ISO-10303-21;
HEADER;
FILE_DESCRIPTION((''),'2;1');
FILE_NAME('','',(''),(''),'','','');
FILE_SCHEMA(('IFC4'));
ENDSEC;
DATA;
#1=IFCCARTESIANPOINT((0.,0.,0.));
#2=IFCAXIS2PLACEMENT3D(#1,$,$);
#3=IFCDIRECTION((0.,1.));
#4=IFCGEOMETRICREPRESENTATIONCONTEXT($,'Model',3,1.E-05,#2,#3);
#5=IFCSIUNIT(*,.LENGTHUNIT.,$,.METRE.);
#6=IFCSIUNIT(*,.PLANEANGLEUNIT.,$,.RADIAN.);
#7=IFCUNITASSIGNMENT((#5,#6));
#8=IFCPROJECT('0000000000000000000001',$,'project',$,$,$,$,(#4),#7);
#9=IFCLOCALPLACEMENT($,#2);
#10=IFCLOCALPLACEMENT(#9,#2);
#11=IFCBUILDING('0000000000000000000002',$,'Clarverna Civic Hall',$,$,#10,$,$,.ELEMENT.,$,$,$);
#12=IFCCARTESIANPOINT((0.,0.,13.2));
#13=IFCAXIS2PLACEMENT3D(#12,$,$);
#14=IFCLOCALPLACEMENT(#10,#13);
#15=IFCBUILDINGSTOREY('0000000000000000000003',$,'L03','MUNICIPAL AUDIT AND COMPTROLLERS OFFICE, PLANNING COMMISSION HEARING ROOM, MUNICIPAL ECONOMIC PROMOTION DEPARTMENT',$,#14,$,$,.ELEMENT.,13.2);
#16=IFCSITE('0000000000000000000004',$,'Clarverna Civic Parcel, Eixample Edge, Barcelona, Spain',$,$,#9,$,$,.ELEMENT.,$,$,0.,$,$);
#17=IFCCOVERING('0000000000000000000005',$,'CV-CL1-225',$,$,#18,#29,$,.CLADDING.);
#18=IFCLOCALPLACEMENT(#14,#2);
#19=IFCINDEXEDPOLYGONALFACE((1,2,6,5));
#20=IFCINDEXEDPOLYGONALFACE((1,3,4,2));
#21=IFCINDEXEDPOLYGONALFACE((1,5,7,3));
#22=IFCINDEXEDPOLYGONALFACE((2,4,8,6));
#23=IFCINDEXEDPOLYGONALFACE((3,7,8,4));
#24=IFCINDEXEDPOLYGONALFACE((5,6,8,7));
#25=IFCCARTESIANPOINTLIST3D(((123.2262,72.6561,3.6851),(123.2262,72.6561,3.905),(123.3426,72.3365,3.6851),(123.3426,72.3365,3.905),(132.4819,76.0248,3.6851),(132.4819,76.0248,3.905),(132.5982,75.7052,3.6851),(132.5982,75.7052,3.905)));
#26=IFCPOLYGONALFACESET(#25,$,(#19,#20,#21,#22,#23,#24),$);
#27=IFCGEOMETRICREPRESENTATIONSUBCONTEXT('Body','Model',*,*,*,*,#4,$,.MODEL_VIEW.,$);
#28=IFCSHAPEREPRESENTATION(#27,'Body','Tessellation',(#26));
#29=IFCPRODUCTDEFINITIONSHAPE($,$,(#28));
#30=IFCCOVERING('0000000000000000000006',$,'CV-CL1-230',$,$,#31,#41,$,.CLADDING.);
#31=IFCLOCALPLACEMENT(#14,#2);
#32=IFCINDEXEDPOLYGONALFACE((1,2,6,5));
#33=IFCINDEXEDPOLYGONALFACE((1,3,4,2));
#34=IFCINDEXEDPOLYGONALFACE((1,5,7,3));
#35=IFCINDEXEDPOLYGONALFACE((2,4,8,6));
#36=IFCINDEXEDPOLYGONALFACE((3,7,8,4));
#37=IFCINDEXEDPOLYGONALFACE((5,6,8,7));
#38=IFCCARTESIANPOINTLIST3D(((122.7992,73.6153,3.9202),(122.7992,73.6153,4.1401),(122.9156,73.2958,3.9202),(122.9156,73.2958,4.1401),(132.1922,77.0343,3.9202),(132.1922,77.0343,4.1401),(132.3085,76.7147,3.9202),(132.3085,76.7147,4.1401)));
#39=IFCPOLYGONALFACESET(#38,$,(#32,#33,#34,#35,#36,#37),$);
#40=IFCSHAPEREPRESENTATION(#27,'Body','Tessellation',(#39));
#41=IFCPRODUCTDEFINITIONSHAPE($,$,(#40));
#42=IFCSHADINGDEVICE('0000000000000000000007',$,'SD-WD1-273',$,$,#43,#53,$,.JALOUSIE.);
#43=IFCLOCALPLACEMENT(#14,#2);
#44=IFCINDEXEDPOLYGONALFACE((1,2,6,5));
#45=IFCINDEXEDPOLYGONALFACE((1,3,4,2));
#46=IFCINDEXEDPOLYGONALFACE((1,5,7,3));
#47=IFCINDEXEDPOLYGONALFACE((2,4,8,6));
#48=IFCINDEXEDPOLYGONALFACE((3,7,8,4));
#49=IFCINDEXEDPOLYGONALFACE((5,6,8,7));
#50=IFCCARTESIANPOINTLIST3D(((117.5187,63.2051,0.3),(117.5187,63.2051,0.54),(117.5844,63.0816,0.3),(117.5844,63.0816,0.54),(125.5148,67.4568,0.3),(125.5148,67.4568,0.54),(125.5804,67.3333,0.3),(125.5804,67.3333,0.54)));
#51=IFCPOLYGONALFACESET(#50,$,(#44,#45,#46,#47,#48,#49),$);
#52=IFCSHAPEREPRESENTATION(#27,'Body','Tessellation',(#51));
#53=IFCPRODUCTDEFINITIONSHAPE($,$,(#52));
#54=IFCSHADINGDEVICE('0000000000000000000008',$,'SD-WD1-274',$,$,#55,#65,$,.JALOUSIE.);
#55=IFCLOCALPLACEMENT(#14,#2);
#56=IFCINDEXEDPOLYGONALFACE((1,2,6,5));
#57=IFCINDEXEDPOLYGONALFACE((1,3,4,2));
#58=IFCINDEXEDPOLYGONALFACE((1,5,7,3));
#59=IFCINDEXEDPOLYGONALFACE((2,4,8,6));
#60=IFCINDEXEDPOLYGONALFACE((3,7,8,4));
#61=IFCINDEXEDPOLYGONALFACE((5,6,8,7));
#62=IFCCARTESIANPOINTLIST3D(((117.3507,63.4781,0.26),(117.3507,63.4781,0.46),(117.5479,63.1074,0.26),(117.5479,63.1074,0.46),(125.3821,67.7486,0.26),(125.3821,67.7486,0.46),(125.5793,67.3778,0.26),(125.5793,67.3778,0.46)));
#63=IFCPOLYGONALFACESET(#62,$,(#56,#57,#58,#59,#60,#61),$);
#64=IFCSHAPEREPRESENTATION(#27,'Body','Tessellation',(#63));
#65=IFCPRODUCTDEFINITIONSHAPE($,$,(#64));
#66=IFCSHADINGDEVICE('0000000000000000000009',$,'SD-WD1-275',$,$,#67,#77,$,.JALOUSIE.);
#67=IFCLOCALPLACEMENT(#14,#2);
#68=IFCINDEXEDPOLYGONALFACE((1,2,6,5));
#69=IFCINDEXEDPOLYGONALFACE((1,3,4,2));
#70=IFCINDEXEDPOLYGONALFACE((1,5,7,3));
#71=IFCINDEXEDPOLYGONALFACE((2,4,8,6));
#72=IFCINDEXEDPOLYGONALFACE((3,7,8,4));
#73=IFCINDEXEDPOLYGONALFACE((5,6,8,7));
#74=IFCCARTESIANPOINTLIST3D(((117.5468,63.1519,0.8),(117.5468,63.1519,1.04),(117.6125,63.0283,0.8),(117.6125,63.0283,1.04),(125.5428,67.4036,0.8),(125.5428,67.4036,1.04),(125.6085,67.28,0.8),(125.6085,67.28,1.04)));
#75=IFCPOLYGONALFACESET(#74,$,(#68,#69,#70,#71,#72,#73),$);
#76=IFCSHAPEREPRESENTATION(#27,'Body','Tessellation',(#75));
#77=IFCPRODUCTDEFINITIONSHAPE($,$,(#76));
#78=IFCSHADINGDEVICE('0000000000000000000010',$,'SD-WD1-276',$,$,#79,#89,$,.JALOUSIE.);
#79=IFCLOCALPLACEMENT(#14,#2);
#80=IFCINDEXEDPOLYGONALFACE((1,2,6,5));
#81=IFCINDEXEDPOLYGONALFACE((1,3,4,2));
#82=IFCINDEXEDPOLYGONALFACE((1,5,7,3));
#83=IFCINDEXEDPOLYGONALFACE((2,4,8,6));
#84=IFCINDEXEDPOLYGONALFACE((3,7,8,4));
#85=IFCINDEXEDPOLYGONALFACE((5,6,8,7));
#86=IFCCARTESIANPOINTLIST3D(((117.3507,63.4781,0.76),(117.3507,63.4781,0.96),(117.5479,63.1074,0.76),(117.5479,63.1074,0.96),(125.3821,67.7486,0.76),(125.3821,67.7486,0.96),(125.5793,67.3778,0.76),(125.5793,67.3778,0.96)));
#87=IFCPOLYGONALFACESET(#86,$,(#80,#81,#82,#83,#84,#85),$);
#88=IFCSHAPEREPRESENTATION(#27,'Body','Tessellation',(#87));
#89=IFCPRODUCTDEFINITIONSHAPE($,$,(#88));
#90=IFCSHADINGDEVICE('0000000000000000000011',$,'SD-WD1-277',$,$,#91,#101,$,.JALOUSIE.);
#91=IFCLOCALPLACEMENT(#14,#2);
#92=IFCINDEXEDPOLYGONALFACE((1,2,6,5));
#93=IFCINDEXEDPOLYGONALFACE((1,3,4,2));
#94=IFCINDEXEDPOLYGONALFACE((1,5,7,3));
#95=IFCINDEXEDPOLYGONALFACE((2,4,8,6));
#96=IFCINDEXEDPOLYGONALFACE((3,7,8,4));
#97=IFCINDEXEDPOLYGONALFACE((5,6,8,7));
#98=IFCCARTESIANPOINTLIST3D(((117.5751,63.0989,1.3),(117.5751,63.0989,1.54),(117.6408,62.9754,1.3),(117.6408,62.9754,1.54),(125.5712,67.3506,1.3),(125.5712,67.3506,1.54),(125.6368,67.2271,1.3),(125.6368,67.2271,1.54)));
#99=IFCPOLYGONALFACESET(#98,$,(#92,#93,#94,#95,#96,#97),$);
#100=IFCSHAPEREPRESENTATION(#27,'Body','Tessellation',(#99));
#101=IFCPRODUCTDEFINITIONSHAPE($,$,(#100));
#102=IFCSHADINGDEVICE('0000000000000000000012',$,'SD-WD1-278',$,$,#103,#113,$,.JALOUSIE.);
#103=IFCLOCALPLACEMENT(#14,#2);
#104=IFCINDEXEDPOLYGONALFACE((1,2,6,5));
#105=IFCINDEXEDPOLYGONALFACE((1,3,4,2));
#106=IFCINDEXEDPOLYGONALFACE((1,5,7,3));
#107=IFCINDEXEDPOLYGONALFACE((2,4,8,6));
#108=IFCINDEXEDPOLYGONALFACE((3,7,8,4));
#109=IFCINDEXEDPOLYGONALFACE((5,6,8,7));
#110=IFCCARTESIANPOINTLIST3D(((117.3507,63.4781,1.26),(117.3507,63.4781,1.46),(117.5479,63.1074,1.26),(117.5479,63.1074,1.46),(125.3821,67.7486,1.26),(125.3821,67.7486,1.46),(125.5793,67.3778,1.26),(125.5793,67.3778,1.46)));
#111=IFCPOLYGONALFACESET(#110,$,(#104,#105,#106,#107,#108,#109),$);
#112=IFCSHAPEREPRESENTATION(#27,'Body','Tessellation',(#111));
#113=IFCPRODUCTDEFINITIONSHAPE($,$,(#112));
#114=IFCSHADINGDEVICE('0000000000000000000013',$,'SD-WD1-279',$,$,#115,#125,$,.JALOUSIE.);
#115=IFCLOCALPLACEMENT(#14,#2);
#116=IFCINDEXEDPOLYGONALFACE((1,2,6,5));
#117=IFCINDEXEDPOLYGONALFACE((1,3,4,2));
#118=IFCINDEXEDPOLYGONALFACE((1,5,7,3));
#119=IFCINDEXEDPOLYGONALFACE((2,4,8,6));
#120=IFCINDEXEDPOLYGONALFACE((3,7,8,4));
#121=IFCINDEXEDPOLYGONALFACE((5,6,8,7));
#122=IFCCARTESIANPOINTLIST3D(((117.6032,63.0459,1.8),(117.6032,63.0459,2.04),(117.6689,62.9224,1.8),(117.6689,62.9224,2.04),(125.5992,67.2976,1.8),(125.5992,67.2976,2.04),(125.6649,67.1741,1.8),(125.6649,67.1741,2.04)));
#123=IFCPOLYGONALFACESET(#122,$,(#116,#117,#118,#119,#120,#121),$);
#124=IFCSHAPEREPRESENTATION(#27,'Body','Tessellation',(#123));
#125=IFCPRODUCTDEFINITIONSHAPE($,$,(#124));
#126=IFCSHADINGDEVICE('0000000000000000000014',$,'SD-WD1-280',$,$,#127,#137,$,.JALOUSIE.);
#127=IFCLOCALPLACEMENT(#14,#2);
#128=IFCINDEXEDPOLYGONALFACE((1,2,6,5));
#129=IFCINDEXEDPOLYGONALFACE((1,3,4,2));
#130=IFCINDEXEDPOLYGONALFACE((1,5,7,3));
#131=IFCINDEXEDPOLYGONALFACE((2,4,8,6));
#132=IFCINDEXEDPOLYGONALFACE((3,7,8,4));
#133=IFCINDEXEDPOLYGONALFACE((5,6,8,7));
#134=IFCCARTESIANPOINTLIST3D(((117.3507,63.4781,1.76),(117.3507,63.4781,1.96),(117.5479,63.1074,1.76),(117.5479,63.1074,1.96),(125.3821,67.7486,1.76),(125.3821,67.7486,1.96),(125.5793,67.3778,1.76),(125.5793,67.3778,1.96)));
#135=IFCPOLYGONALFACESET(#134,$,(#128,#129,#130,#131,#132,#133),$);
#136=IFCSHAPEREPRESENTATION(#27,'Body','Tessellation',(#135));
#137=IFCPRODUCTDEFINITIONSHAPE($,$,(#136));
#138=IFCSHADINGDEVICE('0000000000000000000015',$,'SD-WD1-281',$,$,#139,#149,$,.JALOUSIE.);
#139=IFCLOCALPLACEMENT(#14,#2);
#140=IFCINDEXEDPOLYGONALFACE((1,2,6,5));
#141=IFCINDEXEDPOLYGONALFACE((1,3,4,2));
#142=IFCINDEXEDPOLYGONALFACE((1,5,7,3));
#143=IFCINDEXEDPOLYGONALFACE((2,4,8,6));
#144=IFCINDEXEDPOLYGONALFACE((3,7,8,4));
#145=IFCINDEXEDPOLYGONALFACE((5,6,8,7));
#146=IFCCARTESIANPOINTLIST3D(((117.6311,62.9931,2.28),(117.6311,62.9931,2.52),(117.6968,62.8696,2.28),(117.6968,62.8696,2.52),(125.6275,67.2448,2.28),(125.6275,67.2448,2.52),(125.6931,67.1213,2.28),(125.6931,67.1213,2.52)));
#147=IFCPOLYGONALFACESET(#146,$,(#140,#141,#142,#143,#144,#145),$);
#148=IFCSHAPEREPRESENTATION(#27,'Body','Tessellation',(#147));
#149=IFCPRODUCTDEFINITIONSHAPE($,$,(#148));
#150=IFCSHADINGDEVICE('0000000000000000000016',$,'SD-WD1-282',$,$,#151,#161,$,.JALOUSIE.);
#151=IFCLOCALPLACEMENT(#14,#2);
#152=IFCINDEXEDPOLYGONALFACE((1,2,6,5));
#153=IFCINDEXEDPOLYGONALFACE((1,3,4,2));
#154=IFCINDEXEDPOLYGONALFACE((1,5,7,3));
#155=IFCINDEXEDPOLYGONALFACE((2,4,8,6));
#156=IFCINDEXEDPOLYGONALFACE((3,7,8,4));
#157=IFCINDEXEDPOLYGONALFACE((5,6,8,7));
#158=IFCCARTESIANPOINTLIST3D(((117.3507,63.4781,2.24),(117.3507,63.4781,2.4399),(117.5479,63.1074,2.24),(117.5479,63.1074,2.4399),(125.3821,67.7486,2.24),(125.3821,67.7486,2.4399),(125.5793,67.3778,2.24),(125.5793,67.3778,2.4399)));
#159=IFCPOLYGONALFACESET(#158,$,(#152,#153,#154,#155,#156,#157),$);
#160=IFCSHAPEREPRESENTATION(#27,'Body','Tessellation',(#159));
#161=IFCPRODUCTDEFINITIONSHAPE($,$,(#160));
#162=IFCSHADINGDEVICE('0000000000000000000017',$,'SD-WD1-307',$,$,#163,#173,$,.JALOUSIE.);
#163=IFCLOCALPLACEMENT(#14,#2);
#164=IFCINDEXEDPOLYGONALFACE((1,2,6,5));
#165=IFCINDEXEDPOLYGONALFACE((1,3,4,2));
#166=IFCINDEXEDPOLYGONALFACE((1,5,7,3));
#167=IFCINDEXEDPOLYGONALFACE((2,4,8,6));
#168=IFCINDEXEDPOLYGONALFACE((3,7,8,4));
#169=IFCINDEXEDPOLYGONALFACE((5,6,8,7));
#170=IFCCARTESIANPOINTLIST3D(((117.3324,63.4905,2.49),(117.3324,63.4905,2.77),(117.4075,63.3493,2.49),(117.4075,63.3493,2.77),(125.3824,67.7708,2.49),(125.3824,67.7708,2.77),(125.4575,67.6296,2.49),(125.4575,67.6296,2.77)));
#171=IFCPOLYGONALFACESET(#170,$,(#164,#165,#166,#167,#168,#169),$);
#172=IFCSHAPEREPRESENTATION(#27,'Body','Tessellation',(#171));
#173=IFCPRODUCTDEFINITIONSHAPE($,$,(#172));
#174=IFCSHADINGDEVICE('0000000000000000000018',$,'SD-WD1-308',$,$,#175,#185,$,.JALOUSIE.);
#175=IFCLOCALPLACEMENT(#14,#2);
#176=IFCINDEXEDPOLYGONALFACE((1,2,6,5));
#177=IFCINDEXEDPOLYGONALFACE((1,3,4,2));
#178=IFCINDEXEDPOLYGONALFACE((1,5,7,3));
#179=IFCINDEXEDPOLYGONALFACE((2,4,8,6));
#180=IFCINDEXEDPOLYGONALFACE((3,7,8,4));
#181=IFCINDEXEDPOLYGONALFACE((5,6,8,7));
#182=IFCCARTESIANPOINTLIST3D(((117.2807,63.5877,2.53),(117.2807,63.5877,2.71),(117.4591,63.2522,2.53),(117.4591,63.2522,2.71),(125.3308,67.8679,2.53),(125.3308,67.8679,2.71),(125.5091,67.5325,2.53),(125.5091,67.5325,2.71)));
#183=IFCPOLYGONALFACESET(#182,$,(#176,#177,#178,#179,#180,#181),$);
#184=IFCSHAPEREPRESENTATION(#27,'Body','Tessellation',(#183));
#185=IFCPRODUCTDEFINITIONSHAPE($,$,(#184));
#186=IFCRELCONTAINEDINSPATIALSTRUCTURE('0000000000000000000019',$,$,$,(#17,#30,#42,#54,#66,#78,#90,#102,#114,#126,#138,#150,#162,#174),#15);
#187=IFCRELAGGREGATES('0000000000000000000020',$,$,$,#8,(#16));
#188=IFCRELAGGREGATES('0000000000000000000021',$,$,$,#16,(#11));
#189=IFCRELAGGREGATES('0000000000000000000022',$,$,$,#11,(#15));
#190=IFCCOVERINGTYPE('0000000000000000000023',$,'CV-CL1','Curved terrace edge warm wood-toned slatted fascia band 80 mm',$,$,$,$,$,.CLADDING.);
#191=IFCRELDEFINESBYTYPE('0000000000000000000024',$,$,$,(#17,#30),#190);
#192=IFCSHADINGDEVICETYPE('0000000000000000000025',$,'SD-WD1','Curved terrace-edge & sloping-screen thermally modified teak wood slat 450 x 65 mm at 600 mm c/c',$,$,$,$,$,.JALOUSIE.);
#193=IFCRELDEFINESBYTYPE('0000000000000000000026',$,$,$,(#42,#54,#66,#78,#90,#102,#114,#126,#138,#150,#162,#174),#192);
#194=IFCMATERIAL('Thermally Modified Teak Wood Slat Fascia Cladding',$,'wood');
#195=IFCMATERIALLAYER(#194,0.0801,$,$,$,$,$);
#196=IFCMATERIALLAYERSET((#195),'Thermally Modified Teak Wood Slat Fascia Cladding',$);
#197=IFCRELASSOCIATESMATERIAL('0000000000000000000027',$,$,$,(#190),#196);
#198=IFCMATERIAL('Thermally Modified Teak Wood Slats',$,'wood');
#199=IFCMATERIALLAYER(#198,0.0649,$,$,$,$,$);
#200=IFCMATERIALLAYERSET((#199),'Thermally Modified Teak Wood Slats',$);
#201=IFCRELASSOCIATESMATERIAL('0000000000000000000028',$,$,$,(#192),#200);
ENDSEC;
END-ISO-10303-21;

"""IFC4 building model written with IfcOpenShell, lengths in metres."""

from ifc_helpers import new_model, si_unit, direction, frame, frame_2d, origin, place, context, subcontext, project, spatial, rectangle, extrude, material, layer, layer_set, type_object, element, save


model = new_model("IFC4")

# Units and contexts
model_context = context("Model", 3, precision=1e-05, world=origin(), true_north=direction((0.0, 1.0)))
body_context = subcontext(model_context, "Body", "Model", "MODEL_VIEW")
ifc_project = project(units=[si_unit("LENGTHUNIT", "METRE"), si_unit("PLANEANGLEUNIT", "RADIAN")], contexts=[model_context])

# Site, building, storey
site_placement = place(None, origin())
site = spatial("IfcSite", under=ifc_project, at=site_placement, Name="Clarverna Civic Parcel, Eixample Edge, Barcelona, Spain", CompositionType="ELEMENT", RefElevation=0.0)
building_placement = place(site_placement, origin())
building = spatial("IfcBuilding", under=site, at=building_placement, Name="Clarverna Civic Hall", CompositionType="ELEMENT")
storey_placement = place(building_placement, frame((0.0, 0.0, 13.2)))
storey = spatial("IfcBuildingStorey", under=building, at=storey_placement, Name="L03", Description="MUNICIPAL AUDIT AND COMPTROLLERS OFFICE, PLANNING COMMISSION HEARING ROOM, MUNICIPAL ECONOMIC PROMOTION DEPARTMENT", CompositionType="ELEMENT", Elevation=13.2)

# Coverings
ifc_material_1 = material(Name="Thermally Modified Teak Wood Slat Fascia Cladding", Category="wood")
ifc_layer_1 = layer(ifc_material_1, 0.0801)
ifc_layer_set_1 = layer_set([ifc_layer_1], Name="Thermally Modified Teak Wood Slat Fascia Cladding")
covering_type = type_object("IfcCoveringType", Name="CV-CL1", Description="Curved terrace edge warm wood-toned slatted fascia band 80 mm", PredefinedType="CLADDING", material=ifc_layer_set_1)
covering_1_placement = place(storey_placement, frame((132.54, 75.865, 3.6851), z_axis=(0.0, 0.0, 1.0), x_axis=(-0.939696, -0.34201, 0.0)))
element("IfcCovering", 1, at=covering_1_placement, inside=storey, type_object=covering_type, Name="CV-CL1-225", PredefinedType="CLADDING", context=body_context, shape_type="SweptSolid", body=[
    extrude(rectangle(XDim=9.8496, YDim=0.3401, at=frame_2d((4.9248, 0.0))), origin(), (0.0, 0.0, 1.0), 0.22),
])
covering_2_placement = place(storey_placement, frame((132.2505, 76.8745, 3.9202), z_axis=(0.0, 0.0, 1.0), x_axis=(-0.939688, -0.342033, 0.0)))
element("IfcCovering", 2, at=covering_2_placement, inside=storey, type_object=covering_type, Name="CV-CL1-230", PredefinedType="CLADDING", context=body_context, shape_type="SweptSolid", body=[
    extrude(rectangle(XDim=9.9958, YDim=0.3401, at=frame_2d((4.998, 0.0))), origin(), (0.0, 0.0, 1.0), 0.22),
])

# Shading devices
ifc_material_2 = material(Name="Thermally Modified Teak Wood Slats", Category="wood")
ifc_layer_2 = layer(ifc_material_2, 0.0649)
ifc_layer_set_2 = layer_set([ifc_layer_2], Name="Thermally Modified Teak Wood Slats")
shading_device_type = type_object("IfcShadingDeviceType", Name="SD-WD1", Description="Curved terrace-edge & sloping-screen thermally modified teak wood slat 450 x 65 mm at 600 mm c/c", PredefinedType="JALOUSIE", material=ifc_layer_set_2)
shading_device_1_placement = place(storey_placement, frame((125.5476, 67.395, 0.3), z_axis=(0.0, 0.0, 1.0), x_axis=(-0.882943, -0.469481, 0.0)))
element("IfcShadingDevice", 3, at=shading_device_1_placement, inside=storey, type_object=shading_device_type, Name="SD-WD1-273", PredefinedType="JALOUSIE", context=body_context, shape_type="SweptSolid", body=[
    extrude(rectangle(XDim=9.0562, YDim=0.1399, at=frame_2d((4.5281, 0.0))), origin(), (0.0, 0.0, 1.0), 0.24),
])
shading_device_2_placement = place(storey_placement, frame((125.4807, 67.5632, 0.26), z_axis=(0.0, 0.0, 1.0), x_axis=(-0.882944, -0.469479, 0.0)))
element("IfcShadingDevice", 4, at=shading_device_2_placement, inside=storey, type_object=shading_device_type, Name="SD-WD1-274", PredefinedType="JALOUSIE", context=body_context, shape_type="SweptSolid", body=[
    extrude(rectangle(XDim=9.0962, YDim=0.4199, at=frame_2d((4.5481, 0.0))), origin(), (0.0, 0.0, 1.0), 0.2),
])
shading_device_3_placement = place(storey_placement, frame((125.5757, 67.3418, 0.8), z_axis=(0.0, 0.0, 1.0), x_axis=(-0.882943, -0.469481, 0.0)))
element("IfcShadingDevice", 5, at=shading_device_3_placement, inside=storey, type_object=shading_device_type, Name="SD-WD1-275", PredefinedType="JALOUSIE", context=body_context, shape_type="SweptSolid", body=[
    extrude(rectangle(XDim=9.0562, YDim=0.1399, at=frame_2d((4.5281, 0.0))), origin(), (0.0, 0.0, 1.0), 0.24),
])
shading_device_4_placement = place(storey_placement, frame((125.4807, 67.5632, 0.76), z_axis=(0.0, 0.0, 1.0), x_axis=(-0.882944, -0.469479, 0.0)))
element("IfcShadingDevice", 6, at=shading_device_4_placement, inside=storey, type_object=shading_device_type, Name="SD-WD1-276", PredefinedType="JALOUSIE", context=body_context, shape_type="SweptSolid", body=[
    extrude(rectangle(XDim=9.0962, YDim=0.4199, at=frame_2d((4.5481, 0.0))), origin(), (0.0, 0.0, 1.0), 0.2),
])
shading_device_5_placement = place(storey_placement, frame((125.604, 67.2888, 1.3), z_axis=(0.0, 0.0, 1.0), x_axis=(-0.882943, -0.469481, 0.0)))
element("IfcShadingDevice", 7, at=shading_device_5_placement, inside=storey, type_object=shading_device_type, Name="SD-WD1-277", PredefinedType="JALOUSIE", context=body_context, shape_type="SweptSolid", body=[
    extrude(rectangle(XDim=9.0562, YDim=0.1399, at=frame_2d((4.5281, 0.0))), origin(), (0.0, 0.0, 1.0), 0.24),
])
shading_device_6_placement = place(storey_placement, frame((125.4807, 67.5632, 1.26), z_axis=(0.0, 0.0, 1.0), x_axis=(-0.882944, -0.469479, 0.0)))
element("IfcShadingDevice", 8, at=shading_device_6_placement, inside=storey, type_object=shading_device_type, Name="SD-WD1-278", PredefinedType="JALOUSIE", context=body_context, shape_type="SweptSolid", body=[
    extrude(rectangle(XDim=9.0962, YDim=0.4199, at=frame_2d((4.5481, 0.0))), origin(), (0.0, 0.0, 1.0), 0.2),
])
shading_device_7_placement = place(storey_placement, frame((125.6321, 67.2358, 1.8), z_axis=(0.0, 0.0, 1.0), x_axis=(-0.882943, -0.469481, 0.0)))
element("IfcShadingDevice", 9, at=shading_device_7_placement, inside=storey, type_object=shading_device_type, Name="SD-WD1-279", PredefinedType="JALOUSIE", context=body_context, shape_type="SweptSolid", body=[
    extrude(rectangle(XDim=9.0562, YDim=0.1399, at=frame_2d((4.5281, 0.0))), origin(), (0.0, 0.0, 1.0), 0.24),
])
shading_device_8_placement = place(storey_placement, frame((125.4807, 67.5632, 1.76), z_axis=(0.0, 0.0, 1.0), x_axis=(-0.882944, -0.469479, 0.0)))
element("IfcShadingDevice", 10, at=shading_device_8_placement, inside=storey, type_object=shading_device_type, Name="SD-WD1-280", PredefinedType="JALOUSIE", context=body_context, shape_type="SweptSolid", body=[
    extrude(rectangle(XDim=9.0962, YDim=0.4199, at=frame_2d((4.5481, 0.0))), origin(), (0.0, 0.0, 1.0), 0.2),
])
shading_device_9_placement = place(storey_placement, frame((125.6604, 67.1831, 2.28), z_axis=(0.0, 0.0, 1.0), x_axis=(-0.882948, -0.46947, 0.0)))
element("IfcShadingDevice", 11, at=shading_device_9_placement, inside=storey, type_object=shading_device_type, Name="SD-WD1-281", PredefinedType="JALOUSIE", context=body_context, shape_type="SweptSolid", body=[
    extrude(rectangle(XDim=9.0564, YDim=0.1399, at=frame_2d((4.5283, 0.0))), origin(), (0.0, 0.0, 1.0), 0.24),
])
shading_device_10_placement = place(storey_placement, frame((125.4807, 67.5632, 2.24), z_axis=(0.0, 0.0, 1.0), x_axis=(-0.882944, -0.469479, 0.0)))
element("IfcShadingDevice", 12, at=shading_device_10_placement, inside=storey, type_object=shading_device_type, Name="SD-WD1-282", PredefinedType="JALOUSIE", context=body_context, shape_type="SweptSolid", body=[
    extrude(rectangle(XDim=9.0962, YDim=0.4199, at=frame_2d((4.5481, 0.0))), origin(), (0.0, 0.0, 1.0), 0.2),
])
shading_device_11_placement = place(storey_placement, frame((125.4199, 67.7002, 2.49), z_axis=(0.0, 0.0, 1.0), x_axis=(-0.882948, -0.46947, 0.0)))
element("IfcShadingDevice", 13, at=shading_device_11_placement, inside=storey, type_object=shading_device_type, Name="SD-WD1-307", PredefinedType="JALOUSIE", context=body_context, shape_type="SweptSolid", body=[
    extrude(rectangle(XDim=9.1172, YDim=0.1599, at=frame_2d((4.5586, 0.0))), origin(), (0.0, 0.0, 1.0), 0.28),
])
shading_device_12_placement = place(storey_placement, frame((125.4199, 67.7002, 2.53), z_axis=(0.0, 0.0, 1.0), x_axis=(-0.882948, -0.46947, 0.0)))
element("IfcShadingDevice", 14, at=shading_device_12_placement, inside=storey, type_object=shading_device_type, Name="SD-WD1-308", PredefinedType="JALOUSIE", context=body_context, shape_type="SweptSolid", body=[
    extrude(rectangle(XDim=9.1172, YDim=0.3799, at=frame_2d((4.5586, 0.0))), origin(), (0.0, 0.0, 1.0), 0.1799),
])

save(model, "model.ifc")
